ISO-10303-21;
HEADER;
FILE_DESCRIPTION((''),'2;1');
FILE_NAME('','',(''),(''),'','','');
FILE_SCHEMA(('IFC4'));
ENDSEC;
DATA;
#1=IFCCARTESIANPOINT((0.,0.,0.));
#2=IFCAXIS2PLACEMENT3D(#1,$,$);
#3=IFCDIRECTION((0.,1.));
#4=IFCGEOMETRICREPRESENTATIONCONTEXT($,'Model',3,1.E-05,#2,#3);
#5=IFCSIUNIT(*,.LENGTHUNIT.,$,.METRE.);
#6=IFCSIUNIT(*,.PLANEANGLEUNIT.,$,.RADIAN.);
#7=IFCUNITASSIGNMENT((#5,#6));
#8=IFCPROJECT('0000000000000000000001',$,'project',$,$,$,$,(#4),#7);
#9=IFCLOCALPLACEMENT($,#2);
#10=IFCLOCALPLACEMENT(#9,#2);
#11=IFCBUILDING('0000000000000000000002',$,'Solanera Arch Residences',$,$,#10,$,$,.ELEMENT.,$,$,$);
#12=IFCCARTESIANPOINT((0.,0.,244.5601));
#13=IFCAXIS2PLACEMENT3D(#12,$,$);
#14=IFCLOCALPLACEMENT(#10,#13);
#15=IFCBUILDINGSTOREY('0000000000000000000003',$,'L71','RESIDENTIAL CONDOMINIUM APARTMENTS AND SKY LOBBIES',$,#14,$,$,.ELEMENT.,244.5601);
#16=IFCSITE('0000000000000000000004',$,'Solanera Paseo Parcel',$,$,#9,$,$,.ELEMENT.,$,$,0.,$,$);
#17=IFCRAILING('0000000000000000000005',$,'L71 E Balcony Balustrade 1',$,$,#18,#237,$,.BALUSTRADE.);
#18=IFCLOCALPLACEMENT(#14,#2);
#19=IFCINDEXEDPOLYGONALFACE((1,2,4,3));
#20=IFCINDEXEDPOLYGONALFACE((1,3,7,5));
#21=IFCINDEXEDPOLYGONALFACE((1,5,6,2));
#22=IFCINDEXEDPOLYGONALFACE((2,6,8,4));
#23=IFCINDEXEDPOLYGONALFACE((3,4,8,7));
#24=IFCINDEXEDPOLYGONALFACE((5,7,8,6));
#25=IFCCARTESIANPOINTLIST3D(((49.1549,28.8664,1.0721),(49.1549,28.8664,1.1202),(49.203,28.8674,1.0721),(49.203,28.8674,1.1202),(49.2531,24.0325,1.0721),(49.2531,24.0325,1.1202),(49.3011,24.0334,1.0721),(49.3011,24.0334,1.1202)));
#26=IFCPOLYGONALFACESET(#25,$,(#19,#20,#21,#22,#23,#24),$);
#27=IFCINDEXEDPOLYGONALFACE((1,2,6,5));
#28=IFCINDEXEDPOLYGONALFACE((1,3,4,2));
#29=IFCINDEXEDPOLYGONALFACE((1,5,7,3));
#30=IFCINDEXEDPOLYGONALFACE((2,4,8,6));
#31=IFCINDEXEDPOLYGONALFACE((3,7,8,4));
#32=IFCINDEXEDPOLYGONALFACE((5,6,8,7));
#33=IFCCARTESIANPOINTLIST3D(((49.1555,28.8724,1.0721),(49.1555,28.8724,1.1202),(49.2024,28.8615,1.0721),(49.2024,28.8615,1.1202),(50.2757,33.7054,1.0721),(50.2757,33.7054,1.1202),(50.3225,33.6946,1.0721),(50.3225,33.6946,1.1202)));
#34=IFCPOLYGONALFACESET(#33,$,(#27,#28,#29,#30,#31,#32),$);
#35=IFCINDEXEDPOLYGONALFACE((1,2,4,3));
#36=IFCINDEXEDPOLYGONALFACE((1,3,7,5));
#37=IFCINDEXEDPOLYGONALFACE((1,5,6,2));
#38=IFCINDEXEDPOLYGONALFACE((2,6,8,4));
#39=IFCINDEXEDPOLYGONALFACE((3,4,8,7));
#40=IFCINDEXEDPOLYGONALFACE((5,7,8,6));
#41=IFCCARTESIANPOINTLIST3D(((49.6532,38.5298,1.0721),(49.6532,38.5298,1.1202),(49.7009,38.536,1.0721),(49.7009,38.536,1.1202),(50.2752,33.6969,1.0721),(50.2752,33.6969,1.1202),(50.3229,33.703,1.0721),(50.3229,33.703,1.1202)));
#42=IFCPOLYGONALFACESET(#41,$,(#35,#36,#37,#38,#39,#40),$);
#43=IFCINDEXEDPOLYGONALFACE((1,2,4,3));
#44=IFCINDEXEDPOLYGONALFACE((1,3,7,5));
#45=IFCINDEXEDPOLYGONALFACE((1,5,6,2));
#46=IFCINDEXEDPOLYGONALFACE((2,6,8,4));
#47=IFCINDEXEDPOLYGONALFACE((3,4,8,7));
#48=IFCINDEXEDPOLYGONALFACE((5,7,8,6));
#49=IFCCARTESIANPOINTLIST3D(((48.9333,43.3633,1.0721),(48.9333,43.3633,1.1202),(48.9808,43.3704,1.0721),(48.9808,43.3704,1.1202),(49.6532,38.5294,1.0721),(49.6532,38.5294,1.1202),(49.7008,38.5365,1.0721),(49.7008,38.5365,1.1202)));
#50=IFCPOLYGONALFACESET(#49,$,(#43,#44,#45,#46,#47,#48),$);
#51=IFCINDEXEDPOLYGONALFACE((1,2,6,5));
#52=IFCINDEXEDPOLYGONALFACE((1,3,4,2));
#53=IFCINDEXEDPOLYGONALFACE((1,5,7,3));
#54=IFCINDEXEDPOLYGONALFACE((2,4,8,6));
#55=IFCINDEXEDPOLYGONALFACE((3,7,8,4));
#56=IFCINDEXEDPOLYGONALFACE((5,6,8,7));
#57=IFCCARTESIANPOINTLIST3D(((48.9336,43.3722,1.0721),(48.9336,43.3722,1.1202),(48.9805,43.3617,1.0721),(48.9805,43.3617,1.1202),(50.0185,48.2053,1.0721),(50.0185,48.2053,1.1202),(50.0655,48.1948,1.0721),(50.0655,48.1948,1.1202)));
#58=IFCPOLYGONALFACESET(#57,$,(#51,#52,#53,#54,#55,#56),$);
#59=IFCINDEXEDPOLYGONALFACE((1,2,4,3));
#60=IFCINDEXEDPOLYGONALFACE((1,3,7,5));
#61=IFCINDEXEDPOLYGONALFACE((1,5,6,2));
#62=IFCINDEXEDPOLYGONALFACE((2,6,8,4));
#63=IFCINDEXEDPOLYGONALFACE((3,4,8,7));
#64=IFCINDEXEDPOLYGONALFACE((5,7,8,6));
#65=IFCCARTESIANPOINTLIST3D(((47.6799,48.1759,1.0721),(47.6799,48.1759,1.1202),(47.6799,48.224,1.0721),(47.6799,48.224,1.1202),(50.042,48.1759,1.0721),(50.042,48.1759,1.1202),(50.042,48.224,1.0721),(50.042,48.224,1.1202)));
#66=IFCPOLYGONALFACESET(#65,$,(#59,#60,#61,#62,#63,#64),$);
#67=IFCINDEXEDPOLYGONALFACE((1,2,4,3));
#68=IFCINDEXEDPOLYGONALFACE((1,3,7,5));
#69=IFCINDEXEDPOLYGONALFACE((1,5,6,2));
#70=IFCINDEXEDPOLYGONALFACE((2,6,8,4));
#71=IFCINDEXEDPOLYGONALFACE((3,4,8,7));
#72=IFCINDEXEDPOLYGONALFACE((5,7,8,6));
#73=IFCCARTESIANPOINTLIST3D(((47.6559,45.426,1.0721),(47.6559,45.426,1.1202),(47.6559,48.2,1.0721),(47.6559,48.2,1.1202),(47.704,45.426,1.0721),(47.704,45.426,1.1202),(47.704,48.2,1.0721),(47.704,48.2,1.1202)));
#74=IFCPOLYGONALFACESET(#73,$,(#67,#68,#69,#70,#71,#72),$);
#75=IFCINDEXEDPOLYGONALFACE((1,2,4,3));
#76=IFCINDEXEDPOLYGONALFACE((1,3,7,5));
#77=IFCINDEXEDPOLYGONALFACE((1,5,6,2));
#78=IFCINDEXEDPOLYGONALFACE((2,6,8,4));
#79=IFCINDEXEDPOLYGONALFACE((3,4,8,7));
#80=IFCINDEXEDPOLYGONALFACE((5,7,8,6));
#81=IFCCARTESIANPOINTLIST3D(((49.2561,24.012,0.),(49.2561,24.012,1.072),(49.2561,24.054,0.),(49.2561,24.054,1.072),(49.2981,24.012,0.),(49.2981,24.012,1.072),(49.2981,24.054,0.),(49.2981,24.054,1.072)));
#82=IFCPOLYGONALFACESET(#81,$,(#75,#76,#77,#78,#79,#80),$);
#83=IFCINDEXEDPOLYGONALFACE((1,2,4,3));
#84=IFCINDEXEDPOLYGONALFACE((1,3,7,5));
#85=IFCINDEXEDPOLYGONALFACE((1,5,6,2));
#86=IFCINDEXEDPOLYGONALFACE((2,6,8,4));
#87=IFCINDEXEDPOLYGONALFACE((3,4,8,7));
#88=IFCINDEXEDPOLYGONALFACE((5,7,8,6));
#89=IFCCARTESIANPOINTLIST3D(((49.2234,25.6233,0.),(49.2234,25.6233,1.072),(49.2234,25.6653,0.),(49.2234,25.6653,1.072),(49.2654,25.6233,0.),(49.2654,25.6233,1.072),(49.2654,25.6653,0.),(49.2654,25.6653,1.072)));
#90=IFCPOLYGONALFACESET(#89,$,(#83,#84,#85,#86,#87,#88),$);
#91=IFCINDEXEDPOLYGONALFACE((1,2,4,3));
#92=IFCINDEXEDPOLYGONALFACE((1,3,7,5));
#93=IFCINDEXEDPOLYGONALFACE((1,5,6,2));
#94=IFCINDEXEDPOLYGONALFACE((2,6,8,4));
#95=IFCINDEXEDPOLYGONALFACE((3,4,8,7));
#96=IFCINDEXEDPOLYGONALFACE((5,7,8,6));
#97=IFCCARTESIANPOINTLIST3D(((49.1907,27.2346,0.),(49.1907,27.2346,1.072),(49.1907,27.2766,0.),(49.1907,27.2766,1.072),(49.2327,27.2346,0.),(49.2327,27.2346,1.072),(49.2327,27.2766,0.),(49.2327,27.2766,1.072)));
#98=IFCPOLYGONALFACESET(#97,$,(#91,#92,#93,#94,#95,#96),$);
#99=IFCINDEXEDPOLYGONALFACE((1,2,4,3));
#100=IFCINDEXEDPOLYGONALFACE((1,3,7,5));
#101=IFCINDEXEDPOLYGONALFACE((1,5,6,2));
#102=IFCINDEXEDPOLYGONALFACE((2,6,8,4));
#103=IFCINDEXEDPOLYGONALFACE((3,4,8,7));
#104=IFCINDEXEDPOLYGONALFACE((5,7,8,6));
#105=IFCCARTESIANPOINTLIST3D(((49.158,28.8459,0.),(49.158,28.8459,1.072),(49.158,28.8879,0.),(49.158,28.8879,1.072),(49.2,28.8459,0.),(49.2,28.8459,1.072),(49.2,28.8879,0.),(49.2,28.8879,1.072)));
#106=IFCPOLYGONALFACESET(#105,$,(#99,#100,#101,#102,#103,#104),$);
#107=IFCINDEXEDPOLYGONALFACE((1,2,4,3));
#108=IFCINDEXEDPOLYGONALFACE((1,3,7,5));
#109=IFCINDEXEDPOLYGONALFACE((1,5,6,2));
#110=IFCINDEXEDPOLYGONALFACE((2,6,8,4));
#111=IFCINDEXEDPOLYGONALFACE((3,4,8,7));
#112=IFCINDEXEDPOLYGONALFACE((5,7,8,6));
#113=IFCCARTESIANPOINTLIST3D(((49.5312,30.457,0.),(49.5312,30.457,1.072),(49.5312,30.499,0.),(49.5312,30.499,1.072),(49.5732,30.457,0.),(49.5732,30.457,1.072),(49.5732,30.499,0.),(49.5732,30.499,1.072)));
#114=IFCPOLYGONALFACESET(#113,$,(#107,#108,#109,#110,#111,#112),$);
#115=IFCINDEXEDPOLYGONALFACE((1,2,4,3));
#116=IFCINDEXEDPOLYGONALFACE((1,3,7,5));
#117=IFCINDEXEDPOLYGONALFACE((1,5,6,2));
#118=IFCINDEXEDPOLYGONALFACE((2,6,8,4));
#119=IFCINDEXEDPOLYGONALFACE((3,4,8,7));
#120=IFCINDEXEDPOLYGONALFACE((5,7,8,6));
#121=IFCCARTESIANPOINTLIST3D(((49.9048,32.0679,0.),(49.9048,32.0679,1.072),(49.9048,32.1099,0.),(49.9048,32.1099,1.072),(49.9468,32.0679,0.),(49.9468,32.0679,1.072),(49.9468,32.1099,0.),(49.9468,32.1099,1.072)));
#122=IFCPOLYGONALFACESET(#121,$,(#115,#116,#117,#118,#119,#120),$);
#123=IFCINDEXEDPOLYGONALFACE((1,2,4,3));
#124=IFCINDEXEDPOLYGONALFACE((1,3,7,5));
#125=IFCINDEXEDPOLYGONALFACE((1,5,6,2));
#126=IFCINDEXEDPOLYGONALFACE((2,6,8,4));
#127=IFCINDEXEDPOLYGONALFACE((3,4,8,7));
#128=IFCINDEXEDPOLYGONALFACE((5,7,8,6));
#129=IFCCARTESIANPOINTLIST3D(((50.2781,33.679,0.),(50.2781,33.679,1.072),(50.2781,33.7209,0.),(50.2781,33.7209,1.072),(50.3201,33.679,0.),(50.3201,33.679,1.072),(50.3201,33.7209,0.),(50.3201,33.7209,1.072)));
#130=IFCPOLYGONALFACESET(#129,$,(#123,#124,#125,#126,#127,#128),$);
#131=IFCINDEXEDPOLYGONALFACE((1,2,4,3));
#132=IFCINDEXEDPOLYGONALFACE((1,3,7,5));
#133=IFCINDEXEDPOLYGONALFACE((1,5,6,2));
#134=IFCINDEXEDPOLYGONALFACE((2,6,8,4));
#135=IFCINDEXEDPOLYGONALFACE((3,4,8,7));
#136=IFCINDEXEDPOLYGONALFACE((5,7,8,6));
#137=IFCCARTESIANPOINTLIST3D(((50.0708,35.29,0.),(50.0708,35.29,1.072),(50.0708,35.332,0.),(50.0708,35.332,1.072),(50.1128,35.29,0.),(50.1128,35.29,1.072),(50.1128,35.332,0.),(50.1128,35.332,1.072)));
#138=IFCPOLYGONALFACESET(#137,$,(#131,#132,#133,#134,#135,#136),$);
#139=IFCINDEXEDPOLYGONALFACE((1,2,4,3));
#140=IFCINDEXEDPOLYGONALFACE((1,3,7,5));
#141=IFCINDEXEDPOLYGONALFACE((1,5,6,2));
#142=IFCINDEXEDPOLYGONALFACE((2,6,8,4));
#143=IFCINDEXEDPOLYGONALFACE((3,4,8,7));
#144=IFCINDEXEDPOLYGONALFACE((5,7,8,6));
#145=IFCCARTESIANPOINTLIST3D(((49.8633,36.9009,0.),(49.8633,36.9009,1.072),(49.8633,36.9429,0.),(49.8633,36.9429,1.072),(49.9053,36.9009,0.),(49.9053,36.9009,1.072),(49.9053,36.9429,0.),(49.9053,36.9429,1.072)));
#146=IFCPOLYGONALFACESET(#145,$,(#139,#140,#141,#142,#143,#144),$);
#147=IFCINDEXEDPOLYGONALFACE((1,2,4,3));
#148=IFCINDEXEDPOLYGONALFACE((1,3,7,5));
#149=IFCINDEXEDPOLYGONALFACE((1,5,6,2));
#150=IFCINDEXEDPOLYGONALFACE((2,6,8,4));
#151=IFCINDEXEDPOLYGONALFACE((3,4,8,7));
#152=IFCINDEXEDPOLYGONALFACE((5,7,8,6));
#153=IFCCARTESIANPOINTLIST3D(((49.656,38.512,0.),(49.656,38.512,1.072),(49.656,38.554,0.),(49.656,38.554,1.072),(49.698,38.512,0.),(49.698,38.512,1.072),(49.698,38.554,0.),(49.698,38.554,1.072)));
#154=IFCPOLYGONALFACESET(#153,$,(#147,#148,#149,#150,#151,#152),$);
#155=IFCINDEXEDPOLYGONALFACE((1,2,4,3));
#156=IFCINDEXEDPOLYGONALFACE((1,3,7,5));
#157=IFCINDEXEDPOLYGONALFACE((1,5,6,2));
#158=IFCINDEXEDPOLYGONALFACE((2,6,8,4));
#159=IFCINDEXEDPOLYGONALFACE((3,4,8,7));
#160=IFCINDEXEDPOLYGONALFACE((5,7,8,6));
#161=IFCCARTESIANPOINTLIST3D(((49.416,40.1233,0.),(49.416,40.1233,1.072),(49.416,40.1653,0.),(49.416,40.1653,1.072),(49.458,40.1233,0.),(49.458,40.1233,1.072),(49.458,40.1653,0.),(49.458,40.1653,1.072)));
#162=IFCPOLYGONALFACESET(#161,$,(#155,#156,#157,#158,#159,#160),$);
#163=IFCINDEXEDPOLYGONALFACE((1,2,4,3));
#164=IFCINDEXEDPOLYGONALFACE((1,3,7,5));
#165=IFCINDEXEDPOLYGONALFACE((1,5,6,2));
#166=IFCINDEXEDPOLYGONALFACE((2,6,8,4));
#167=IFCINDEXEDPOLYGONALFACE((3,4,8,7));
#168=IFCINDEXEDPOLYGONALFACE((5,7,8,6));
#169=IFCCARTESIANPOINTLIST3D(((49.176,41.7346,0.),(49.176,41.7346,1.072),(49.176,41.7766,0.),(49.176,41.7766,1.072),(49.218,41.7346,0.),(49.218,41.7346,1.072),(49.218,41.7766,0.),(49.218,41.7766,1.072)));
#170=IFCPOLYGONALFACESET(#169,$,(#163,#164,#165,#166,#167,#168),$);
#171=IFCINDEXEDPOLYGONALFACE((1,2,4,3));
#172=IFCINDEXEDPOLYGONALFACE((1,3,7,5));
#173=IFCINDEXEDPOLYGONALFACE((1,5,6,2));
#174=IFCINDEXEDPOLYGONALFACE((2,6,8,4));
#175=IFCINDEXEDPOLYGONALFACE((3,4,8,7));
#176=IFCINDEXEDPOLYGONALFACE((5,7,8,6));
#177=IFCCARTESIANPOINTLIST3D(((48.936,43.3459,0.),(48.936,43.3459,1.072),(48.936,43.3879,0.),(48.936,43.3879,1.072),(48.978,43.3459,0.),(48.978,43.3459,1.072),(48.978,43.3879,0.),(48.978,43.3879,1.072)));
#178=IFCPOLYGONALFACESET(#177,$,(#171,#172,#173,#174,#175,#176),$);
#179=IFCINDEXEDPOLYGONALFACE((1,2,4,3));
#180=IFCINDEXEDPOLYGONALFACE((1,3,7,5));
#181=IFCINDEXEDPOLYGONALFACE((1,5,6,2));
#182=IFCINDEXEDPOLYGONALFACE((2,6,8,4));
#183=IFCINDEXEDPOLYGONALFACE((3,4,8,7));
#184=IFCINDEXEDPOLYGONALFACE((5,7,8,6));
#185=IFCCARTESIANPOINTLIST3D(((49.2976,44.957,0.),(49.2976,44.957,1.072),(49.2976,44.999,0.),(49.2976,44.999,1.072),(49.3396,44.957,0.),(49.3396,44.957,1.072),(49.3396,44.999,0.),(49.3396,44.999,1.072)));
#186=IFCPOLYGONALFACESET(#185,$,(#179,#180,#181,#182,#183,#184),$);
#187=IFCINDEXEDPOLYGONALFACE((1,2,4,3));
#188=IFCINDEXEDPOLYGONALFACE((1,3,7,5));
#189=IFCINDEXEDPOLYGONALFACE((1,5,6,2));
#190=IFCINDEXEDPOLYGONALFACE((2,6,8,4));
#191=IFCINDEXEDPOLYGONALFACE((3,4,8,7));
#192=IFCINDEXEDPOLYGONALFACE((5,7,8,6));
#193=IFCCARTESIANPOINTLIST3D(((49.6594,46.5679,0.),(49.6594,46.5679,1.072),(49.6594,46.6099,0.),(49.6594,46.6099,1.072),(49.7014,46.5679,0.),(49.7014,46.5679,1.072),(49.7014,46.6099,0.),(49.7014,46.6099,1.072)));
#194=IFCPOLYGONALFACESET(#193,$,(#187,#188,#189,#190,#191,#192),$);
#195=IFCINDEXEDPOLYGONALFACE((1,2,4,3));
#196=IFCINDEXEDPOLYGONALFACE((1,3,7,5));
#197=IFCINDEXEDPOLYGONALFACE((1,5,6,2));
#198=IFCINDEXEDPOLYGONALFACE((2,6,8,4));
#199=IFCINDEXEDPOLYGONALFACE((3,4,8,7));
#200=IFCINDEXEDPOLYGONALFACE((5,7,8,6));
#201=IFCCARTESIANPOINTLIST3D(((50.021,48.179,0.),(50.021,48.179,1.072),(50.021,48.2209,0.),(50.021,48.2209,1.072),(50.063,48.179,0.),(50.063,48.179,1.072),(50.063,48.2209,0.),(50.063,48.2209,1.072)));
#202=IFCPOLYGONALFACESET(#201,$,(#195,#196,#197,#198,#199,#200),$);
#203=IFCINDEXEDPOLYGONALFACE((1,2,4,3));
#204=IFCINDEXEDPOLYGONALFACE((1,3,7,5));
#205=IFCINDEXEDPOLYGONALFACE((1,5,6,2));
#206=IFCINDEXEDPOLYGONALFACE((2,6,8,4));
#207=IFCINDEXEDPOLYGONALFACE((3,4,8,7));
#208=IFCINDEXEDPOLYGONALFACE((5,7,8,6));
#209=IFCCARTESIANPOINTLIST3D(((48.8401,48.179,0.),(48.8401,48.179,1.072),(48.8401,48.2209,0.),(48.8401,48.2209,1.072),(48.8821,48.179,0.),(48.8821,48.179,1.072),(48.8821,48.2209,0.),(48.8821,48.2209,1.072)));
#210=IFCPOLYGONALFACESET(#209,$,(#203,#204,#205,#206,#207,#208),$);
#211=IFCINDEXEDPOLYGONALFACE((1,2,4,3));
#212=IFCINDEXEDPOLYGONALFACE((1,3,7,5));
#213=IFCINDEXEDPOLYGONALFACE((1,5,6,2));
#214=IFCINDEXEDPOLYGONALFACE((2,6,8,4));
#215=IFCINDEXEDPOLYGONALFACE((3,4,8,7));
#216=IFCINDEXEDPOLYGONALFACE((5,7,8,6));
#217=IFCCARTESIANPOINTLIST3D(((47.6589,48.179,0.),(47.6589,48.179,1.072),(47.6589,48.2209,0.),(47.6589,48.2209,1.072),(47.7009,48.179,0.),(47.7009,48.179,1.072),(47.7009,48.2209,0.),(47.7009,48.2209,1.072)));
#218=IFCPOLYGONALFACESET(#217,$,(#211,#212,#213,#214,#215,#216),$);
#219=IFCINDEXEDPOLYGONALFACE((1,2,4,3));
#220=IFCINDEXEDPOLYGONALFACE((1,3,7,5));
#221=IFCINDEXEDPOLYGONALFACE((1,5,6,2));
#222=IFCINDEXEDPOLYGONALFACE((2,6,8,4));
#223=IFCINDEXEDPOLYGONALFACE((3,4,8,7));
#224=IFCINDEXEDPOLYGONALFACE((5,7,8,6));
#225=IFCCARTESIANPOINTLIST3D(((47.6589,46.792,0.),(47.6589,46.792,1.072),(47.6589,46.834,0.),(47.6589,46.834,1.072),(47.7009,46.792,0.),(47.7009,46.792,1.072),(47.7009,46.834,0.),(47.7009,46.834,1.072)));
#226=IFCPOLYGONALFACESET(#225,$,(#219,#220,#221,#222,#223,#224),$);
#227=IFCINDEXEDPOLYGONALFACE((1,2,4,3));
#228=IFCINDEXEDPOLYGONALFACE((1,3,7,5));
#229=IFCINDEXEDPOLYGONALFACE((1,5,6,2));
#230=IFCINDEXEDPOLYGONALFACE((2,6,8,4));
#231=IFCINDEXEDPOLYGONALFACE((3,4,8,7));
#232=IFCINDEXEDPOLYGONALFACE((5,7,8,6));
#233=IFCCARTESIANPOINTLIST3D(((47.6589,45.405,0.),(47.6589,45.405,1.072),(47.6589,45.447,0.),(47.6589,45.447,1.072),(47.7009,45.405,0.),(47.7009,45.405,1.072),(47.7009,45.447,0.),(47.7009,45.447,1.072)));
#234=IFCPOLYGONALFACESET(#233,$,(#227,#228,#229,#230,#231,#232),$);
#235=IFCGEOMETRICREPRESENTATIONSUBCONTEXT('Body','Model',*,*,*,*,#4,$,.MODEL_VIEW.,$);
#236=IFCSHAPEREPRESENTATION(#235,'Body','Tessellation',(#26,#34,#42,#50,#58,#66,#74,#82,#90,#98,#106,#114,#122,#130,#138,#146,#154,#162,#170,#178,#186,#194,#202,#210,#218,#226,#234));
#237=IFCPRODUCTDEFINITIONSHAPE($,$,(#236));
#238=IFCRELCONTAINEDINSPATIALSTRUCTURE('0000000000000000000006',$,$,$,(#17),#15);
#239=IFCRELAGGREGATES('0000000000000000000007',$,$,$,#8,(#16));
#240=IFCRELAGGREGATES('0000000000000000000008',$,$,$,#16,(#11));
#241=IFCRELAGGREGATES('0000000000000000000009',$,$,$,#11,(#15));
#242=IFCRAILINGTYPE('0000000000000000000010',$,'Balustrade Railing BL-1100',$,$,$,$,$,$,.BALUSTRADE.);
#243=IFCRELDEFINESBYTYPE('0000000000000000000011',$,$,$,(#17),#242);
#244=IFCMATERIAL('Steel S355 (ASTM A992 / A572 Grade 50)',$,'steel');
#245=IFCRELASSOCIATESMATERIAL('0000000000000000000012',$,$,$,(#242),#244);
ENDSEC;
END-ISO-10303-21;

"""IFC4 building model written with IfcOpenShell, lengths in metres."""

from ifc_helpers import new_model, si_unit, direction, frame, origin, origin_2d, place, context, subcontext, project, spatial, rectangle, extrude, material, type_object, element, save


model = new_model("IFC4")

# Units and contexts
model_context = context("Model", 3, precision=1e-05, world=origin(), true_north=direction((0.0, 1.0)))
body_context = subcontext(model_context, "Body", "Model", "MODEL_VIEW")
ifc_project = project(units=[si_unit("LENGTHUNIT", "METRE"), si_unit("PLANEANGLEUNIT", "RADIAN")], contexts=[model_context])

# Site, building, storey
site_placement = place(None, origin())
site = spatial("IfcSite", under=ifc_project, at=site_placement, Name="Solanera Paseo Parcel", CompositionType="ELEMENT", RefElevation=0.0)
building_placement = place(site_placement, origin())
building = spatial("IfcBuilding", under=site, at=building_placement, Name="Solanera Arch Residences", CompositionType="ELEMENT")
storey_placement = place(building_placement, frame((0.0, 0.0, 244.5601)))
storey = spatial("IfcBuildingStorey", under=building, at=storey_placement, Name="L71", Description="RESIDENTIAL CONDOMINIUM APARTMENTS AND SKY LOBBIES", CompositionType="ELEMENT", Elevation=244.5601)

# Railing
ifc_material_1 = material(Name="Steel S355 (ASTM A992 / A572 Grade 50)", Category="steel")
railing_type = type_object("IfcRailingType", Name="Balustrade Railing BL-1100", PredefinedType="BALUSTRADE", material=ifc_material_1)
railing_1_placement = place(storey_placement, frame((49.2771, 24.033, 0.0)))
element("IfcRailing", 1, at=railing_1_placement, inside=storey, type_object=railing_type, Name="L71 E Balcony Balustrade 1", PredefinedType="BALUSTRADE", context=body_context, shape_type="SweptSolid", body=[
    extrude(rectangle(XDim=0.0481, YDim=0.0481, at=origin_2d()), frame((0.0, 0.0, 1.0962), z_axis=(-0.020299, 0.999794, 0.0), x_axis=(-0.999794, -0.020299, 0.0)), (0.0, 0.0, 1.0), 4.835),
    extrude(rectangle(XDim=0.0481, YDim=0.0481, at=origin_2d()), frame((-0.0981, 4.834, 1.0962), z_axis=(0.225779, 0.974178, 0.0), x_axis=(-0.974178, 0.225779, 0.0)), (0.0, 0.0, 1.0), 4.9612),
    extrude(rectangle(XDim=0.0481, YDim=0.0481, at=origin_2d()), frame((1.022, 9.667, 1.0962), z_axis=(-0.12766, 0.991818, 0.0), x_axis=(-0.991818, -0.12766, 0.0)), (0.0, 0.0, 1.0), 4.8728),
    extrude(rectangle(XDim=0.0481, YDim=0.0481, at=origin_2d()), frame((0.3999, 14.5, 1.0962), z_axis=(-0.147314, 0.98909, 0.0), x_axis=(-0.98909, -0.147314, 0.0)), (0.0, 0.0, 1.0), 4.8872),
    extrude(rectangle(XDim=0.0481, YDim=0.0481, at=origin_2d()), frame((-0.3201, 19.334, 1.0962), z_axis=(0.219038, 0.975716, 0.0), x_axis=(-0.975716, 0.219038, 0.0)), (0.0, 0.0, 1.0), 4.9534),
    extrude(rectangle(XDim=0.0481, YDim=0.0481, at=origin_2d()), frame((0.7649, 24.167, 1.0962), z_axis=(-1.0, 0.0, 0.0), x_axis=(0.0, -1.0, 0.0)), (0.0, 0.0, 1.0), 2.3621),
    extrude(rectangle(XDim=0.0481, YDim=0.0481, at=origin_2d()), frame((-1.5972, 24.167, 1.0962), z_axis=(0.0, -1.0, 0.0), x_axis=(1.0, 0.0, 0.0)), (0.0, 0.0, 1.0), 2.7739),
    extrude(rectangle(XDim=0.042, YDim=0.042, at=origin_2d()), origin(), (0.0, 0.0, 1.0), 1.072),
    extrude(rectangle(XDim=0.042, YDim=0.042, at=origin_2d()), frame((-0.0327, 1.6113, 0.0)), (0.0, 0.0, 1.0), 1.072),
    extrude(rectangle(XDim=0.042, YDim=0.042, at=origin_2d()), frame((-0.0654, 3.2227, 0.0)), (0.0, 0.0, 1.0), 1.072),
    extrude(rectangle(XDim=0.042, YDim=0.042, at=origin_2d()), frame((-0.0981, 4.834, 0.0)), (0.0, 0.0, 1.0), 1.072),
    extrude(rectangle(XDim=0.042, YDim=0.042, at=origin_2d()), frame((0.2751, 6.4451, 0.0)), (0.0, 0.0, 1.0), 1.072),
    extrude(rectangle(XDim=0.042, YDim=0.042, at=origin_2d()), frame((0.6487, 8.0559, 0.0)), (0.0, 0.0, 1.0), 1.072),
    extrude(rectangle(XDim=0.042, YDim=0.042, at=origin_2d()), frame((1.022, 9.667, 0.0)), (0.0, 0.0, 1.0), 1.072),
    extrude(rectangle(XDim=0.042, YDim=0.042, at=origin_2d()), frame((0.8147, 11.2781, 0.0)), (0.0, 0.0, 1.0), 1.072),
    extrude(rectangle(XDim=0.042, YDim=0.042, at=origin_2d()), frame((0.6072, 12.8889, 0.0)), (0.0, 0.0, 1.0), 1.072),
    extrude(rectangle(XDim=0.042, YDim=0.042, at=origin_2d()), frame((0.3999, 14.5, 0.0)), (0.0, 0.0, 1.0), 1.072),
    extrude(rectangle(XDim=0.042, YDim=0.042, at=origin_2d()), frame((0.1599, 16.1113, 0.0)), (0.0, 0.0, 1.0), 1.072),
    extrude(rectangle(XDim=0.042, YDim=0.042, at=origin_2d()), frame((-0.0801, 17.7227, 0.0)), (0.0, 0.0, 1.0), 1.072),
    extrude(rectangle(XDim=0.042, YDim=0.042, at=origin_2d()), frame((-0.3201, 19.334, 0.0)), (0.0, 0.0, 1.0), 1.072),
    extrude(rectangle(XDim=0.042, YDim=0.042, at=origin_2d()), frame((0.0415, 20.9451, 0.0)), (0.0, 0.0, 1.0), 1.072),
    extrude(rectangle(XDim=0.042, YDim=0.042, at=origin_2d()), frame((0.4033, 22.5559, 0.0)), (0.0, 0.0, 1.0), 1.072),
    extrude(rectangle(XDim=0.042, YDim=0.042, at=origin_2d()), frame((0.7649, 24.167, 0.0)), (0.0, 0.0, 1.0), 1.072),
    extrude(rectangle(XDim=0.042, YDim=0.042, at=origin_2d()), frame((-0.416, 24.167, 0.0)), (0.0, 0.0, 1.0), 1.072),
    extrude(rectangle(XDim=0.042, YDim=0.042, at=origin_2d()), frame((-1.5972, 24.167, 0.0)), (0.0, 0.0, 1.0), 1.072),
    extrude(rectangle(XDim=0.042, YDim=0.042, at=origin_2d()), frame((-1.5972, 22.78, 0.0)), (0.0, 0.0, 1.0), 1.072),
    extrude(rectangle(XDim=0.042, YDim=0.042, at=origin_2d()), frame((-1.5972, 21.3931, 0.0)), (0.0, 0.0, 1.0), 1.072),
])

save(model, "model.ifc")
